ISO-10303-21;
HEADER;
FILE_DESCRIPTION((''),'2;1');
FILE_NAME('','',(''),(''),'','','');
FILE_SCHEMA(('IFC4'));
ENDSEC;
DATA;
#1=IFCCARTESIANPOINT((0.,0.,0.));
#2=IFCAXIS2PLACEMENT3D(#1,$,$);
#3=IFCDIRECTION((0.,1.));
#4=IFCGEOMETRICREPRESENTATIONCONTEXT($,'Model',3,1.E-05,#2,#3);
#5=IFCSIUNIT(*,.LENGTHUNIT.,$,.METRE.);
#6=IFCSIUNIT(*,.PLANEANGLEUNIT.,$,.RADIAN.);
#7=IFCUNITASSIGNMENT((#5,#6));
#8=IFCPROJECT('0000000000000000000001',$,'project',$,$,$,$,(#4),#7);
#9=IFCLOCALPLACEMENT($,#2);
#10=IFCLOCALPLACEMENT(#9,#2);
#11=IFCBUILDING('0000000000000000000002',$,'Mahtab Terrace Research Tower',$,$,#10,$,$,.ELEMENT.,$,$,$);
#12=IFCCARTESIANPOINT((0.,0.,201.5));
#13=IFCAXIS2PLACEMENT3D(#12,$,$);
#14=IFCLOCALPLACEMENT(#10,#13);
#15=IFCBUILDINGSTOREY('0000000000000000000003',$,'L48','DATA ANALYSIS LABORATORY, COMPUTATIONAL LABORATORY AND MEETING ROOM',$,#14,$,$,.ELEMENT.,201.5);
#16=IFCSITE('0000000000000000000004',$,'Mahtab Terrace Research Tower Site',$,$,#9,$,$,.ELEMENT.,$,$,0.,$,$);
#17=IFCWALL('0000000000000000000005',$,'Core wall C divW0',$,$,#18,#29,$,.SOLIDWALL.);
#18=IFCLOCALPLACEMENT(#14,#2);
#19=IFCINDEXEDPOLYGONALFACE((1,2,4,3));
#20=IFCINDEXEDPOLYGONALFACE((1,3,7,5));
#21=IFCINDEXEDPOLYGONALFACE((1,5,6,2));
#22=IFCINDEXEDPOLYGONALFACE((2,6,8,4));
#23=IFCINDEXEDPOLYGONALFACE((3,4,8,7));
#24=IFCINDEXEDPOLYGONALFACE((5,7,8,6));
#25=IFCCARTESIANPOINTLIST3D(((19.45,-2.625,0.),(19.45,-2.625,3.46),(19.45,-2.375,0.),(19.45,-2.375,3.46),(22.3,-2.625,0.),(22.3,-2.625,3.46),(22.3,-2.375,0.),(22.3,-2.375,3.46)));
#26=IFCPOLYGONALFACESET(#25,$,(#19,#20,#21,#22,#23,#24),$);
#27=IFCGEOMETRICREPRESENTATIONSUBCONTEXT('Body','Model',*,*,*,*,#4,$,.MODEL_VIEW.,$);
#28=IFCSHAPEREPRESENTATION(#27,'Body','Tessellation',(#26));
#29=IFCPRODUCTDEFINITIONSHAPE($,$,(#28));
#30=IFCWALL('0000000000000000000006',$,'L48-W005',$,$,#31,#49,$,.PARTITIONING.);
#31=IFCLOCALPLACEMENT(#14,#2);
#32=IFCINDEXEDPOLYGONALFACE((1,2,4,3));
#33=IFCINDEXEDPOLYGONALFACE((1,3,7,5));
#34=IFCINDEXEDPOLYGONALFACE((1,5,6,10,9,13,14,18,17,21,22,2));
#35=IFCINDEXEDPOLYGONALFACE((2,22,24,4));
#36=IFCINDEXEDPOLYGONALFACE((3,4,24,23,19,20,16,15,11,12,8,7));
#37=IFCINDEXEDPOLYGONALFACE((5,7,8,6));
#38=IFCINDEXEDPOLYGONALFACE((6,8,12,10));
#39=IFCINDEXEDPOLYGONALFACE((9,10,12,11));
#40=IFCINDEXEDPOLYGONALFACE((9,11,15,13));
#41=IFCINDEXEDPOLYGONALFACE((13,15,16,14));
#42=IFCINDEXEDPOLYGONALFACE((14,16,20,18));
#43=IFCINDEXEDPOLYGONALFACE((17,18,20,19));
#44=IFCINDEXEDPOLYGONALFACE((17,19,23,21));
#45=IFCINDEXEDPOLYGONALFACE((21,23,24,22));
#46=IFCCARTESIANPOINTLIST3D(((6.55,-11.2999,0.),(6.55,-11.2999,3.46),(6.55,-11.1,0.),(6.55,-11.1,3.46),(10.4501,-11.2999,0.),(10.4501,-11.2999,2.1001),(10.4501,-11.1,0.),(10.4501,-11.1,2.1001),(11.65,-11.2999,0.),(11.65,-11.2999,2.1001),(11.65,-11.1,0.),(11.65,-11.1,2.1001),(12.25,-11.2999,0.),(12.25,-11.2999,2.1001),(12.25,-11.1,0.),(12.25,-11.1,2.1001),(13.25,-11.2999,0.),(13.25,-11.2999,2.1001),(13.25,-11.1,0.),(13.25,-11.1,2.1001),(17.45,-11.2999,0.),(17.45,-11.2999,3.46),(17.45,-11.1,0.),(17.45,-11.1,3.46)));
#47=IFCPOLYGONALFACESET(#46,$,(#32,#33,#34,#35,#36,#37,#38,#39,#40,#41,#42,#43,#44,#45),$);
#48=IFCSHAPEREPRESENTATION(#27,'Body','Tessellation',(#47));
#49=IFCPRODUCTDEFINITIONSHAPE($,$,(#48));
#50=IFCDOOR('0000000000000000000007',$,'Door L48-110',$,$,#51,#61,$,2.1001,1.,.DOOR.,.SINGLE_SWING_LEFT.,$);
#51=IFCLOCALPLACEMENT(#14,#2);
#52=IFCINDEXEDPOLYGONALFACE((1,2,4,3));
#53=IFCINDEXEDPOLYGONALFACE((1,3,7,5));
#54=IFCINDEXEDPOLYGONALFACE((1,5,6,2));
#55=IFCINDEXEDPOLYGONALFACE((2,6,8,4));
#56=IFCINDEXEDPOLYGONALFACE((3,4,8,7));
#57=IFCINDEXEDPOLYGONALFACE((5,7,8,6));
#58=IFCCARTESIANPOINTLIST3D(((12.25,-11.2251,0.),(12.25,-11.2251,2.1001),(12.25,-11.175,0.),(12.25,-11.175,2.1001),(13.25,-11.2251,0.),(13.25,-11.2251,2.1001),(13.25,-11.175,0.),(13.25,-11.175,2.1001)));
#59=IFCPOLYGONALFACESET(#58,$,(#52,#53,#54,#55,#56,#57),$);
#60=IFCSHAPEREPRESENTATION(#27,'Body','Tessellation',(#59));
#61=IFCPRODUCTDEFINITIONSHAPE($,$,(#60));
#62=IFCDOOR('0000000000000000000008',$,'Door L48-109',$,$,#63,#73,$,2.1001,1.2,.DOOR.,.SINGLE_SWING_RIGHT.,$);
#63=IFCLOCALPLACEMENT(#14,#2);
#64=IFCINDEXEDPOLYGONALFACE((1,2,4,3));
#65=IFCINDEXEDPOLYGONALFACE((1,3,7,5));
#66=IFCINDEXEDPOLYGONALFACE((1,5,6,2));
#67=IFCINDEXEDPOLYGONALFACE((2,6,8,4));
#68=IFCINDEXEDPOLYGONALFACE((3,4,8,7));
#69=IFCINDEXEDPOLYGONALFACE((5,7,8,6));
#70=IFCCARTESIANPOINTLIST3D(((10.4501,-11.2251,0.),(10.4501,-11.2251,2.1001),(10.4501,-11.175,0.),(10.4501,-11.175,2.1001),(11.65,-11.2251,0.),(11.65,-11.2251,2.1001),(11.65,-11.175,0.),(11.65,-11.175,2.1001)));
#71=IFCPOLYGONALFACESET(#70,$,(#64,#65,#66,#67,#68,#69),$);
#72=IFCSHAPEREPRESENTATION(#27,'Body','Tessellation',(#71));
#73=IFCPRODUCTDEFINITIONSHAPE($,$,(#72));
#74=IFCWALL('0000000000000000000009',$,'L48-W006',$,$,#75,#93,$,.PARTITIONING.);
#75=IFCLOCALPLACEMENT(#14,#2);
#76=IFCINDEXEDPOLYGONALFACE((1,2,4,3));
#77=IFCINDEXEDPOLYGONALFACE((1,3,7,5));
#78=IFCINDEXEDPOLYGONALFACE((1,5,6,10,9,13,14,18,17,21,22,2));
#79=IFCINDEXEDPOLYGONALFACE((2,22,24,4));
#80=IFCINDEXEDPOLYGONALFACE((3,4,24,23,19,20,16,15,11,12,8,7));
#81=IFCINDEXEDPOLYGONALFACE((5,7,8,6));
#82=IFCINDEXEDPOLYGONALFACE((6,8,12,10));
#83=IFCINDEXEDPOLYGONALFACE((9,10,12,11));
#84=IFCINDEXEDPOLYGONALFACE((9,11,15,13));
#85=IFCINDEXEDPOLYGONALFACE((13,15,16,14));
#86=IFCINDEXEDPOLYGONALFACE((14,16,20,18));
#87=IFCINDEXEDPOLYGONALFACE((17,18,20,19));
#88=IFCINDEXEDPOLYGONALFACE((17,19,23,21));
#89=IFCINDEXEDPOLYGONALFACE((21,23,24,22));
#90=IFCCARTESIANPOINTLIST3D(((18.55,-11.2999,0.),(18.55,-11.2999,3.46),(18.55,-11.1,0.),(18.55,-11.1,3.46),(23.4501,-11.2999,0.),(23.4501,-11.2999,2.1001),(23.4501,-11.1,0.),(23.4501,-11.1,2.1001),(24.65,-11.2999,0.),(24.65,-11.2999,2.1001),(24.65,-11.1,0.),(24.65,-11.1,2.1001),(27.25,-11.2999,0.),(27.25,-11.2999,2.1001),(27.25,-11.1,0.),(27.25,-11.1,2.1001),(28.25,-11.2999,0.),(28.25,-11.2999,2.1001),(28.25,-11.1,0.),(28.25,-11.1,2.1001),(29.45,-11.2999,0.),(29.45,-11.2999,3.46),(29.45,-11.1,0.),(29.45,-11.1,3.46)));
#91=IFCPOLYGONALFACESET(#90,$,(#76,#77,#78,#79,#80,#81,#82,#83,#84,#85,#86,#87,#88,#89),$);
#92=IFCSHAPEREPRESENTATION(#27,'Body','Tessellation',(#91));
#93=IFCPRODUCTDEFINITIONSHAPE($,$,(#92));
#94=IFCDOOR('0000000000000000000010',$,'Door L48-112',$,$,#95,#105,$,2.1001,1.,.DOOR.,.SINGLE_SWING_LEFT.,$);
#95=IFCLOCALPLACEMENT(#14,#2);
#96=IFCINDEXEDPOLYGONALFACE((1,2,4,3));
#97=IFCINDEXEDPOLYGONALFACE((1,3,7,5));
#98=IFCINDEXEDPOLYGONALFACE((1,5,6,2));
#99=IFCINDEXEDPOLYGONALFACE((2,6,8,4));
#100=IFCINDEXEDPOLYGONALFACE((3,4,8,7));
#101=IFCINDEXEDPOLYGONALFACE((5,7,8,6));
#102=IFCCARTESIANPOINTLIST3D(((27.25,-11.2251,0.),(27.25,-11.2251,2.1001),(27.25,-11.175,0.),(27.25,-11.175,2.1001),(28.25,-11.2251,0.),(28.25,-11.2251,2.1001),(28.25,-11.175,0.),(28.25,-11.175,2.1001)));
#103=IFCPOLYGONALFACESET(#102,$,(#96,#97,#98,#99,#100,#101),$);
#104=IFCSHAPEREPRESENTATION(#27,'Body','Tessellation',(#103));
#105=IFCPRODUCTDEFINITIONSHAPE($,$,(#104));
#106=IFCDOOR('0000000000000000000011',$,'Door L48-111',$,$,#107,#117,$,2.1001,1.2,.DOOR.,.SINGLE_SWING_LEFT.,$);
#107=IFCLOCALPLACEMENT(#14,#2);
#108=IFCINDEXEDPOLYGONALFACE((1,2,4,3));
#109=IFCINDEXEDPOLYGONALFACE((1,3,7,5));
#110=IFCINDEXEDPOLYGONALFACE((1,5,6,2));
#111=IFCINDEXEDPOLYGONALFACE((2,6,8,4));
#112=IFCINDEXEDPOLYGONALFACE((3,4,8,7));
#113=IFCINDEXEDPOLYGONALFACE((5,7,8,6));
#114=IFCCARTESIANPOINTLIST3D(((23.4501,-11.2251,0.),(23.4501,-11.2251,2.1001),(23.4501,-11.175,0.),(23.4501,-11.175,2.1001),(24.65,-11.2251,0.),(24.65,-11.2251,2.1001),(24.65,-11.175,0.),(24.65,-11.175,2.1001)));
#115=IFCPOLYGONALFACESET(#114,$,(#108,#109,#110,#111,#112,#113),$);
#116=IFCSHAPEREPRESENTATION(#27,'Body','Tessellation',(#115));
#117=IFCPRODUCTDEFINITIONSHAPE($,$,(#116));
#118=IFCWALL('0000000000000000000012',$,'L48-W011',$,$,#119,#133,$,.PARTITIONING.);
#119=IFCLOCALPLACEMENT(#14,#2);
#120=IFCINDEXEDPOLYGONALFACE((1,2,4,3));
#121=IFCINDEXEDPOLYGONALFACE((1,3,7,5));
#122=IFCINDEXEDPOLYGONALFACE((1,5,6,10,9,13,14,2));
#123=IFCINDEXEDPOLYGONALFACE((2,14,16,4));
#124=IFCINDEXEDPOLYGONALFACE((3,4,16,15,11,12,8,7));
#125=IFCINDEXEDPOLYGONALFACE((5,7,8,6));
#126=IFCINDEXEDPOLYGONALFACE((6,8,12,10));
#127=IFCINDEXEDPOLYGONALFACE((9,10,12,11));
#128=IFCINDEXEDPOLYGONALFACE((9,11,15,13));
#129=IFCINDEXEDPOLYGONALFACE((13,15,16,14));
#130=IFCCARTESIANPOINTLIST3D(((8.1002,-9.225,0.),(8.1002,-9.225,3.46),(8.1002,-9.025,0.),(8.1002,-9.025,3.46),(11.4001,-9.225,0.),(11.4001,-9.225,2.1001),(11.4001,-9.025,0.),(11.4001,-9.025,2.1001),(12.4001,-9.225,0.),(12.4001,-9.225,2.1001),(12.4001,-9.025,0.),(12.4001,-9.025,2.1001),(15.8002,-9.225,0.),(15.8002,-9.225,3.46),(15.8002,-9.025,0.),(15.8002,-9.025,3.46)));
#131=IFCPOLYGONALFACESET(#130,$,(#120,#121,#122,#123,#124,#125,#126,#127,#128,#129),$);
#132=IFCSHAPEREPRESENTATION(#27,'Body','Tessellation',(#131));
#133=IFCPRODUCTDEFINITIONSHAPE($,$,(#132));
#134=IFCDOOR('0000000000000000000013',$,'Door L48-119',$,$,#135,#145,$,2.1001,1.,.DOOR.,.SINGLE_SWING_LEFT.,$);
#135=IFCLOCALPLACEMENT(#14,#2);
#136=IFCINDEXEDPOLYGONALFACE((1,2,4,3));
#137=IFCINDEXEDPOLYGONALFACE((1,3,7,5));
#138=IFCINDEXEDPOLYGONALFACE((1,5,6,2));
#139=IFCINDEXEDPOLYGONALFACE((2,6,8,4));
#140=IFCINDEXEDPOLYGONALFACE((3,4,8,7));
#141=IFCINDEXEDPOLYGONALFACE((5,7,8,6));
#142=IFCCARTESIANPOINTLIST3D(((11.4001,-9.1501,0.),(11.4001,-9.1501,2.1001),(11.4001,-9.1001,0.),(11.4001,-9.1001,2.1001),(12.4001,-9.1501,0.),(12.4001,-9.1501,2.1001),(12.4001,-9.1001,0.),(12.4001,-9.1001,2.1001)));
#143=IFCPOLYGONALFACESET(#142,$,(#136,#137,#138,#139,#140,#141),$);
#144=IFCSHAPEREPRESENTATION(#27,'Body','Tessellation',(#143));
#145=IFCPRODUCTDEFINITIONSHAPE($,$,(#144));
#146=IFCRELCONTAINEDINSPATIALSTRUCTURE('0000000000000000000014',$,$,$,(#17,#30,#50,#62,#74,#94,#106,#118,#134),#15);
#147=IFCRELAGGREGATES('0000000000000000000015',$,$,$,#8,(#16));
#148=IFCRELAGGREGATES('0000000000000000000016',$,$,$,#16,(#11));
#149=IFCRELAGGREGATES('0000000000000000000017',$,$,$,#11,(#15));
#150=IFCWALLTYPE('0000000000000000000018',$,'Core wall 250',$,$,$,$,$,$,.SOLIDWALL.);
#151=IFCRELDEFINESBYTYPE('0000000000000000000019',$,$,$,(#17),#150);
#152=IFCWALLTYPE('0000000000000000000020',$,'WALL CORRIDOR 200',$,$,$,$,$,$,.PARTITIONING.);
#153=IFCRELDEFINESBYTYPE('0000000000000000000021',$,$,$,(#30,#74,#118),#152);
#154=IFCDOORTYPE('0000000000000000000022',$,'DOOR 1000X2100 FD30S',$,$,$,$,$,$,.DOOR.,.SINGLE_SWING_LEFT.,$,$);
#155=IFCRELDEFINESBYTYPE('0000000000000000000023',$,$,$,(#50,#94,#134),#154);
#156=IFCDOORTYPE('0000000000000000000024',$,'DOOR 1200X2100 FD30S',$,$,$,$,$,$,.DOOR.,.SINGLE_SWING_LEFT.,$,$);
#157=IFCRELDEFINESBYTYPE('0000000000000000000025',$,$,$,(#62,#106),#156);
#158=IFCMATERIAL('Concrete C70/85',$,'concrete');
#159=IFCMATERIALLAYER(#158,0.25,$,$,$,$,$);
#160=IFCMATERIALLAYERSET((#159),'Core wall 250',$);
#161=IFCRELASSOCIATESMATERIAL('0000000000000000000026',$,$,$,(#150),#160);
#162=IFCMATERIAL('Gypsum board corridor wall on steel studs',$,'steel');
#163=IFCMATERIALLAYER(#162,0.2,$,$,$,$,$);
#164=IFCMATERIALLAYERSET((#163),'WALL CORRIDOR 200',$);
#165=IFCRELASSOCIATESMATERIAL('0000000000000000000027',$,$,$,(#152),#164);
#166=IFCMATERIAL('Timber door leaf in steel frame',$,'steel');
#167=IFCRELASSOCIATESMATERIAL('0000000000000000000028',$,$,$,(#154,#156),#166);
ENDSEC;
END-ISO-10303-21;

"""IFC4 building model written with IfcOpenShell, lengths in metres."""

from ifc_helpers import new_model, si_unit, direction, frame, frame_2d, origin, place, context, subcontext, project, spatial, rectangle, extrude, material, layer, layer_set, type_object, element, fill, save


model = new_model("IFC4")

# Units and contexts
model_context = context("Model", 3, precision=1e-05, world=origin(), true_north=direction((0.0, 1.0)))
body_context = subcontext(model_context, "Body", "Model", "MODEL_VIEW")
ifc_project = project(units=[si_unit("LENGTHUNIT", "METRE"), si_unit("PLANEANGLEUNIT", "RADIAN")], contexts=[model_context])

# Site, building, storey
site_placement = place(None, origin())
site = spatial("IfcSite", under=ifc_project, at=site_placement, Name="Mahtab Terrace Research Tower Site", CompositionType="ELEMENT", RefElevation=0.0)
building_placement = place(site_placement, origin())
building = spatial("IfcBuilding", under=site, at=building_placement, Name="Mahtab Terrace Research Tower", CompositionType="ELEMENT")
storey_placement = place(building_placement, frame((0.0, 0.0, 201.5)))
storey = spatial("IfcBuildingStorey", under=building, at=storey_placement, Name="L48", Description="DATA ANALYSIS LABORATORY, COMPUTATIONAL LABORATORY AND MEETING ROOM", CompositionType="ELEMENT", Elevation=201.5)

# Shared definitions
ifc_material_1 = material(Name="Concrete C70/85", Category="concrete")

# Shared definitions
ifc_layer_1 = layer(ifc_material_1, 0.25)
ifc_layer_set_1 = layer_set([ifc_layer_1], Name="Core wall 250")
wall_type_1 = type_object("IfcWallType", Name="Core wall 250", PredefinedType="SOLIDWALL", material=ifc_layer_set_1)

# Wall
wall_1_placement = place(storey_placement, frame((19.45, -2.5, 0.0), z_axis=(0.0, 0.0, 1.0), x_axis=(1.0, 0.0, 0.0)))
element("IfcWall", 1, at=wall_1_placement, inside=storey, type_object=wall_type_1, Name="Core wall C divW0", PredefinedType="SOLIDWALL", context=body_context, shape_type="SweptSolid", body=[
    extrude(rectangle(XDim=2.8501, YDim=0.25, at=frame_2d((1.425, 0.0))), origin(), (0.0, 0.0, 1.0), 3.46),
])

# Walls, openings, doors
ifc_material_2 = material(Name="Gypsum board corridor wall on steel studs", Category="steel")
ifc_layer_2 = layer(ifc_material_2, 0.2)
ifc_layer_set_2 = layer_set([ifc_layer_2], Name="WALL CORRIDOR 200")
wall_type_2 = type_object("IfcWallType", Name="WALL CORRIDOR 200", PredefinedType="PARTITIONING", material=ifc_layer_set_2)
wall_2_placement = place(storey_placement, frame((6.55, -11.2, 0.0), z_axis=(0.0, 0.0, 1.0), x_axis=(1.0, 0.0, 0.0)))
wall_2 = element("IfcWall", 2, at=wall_2_placement, inside=storey, type_object=wall_type_2, Name="L48-W005", PredefinedType="PARTITIONING", context=body_context, shape_type="SweptSolid", body=[
    extrude(rectangle(XDim=10.8999, YDim=0.2, at=frame_2d((5.45, 0.0))), origin(), (0.0, 0.0, 1.0), 3.46),
])
opening_1_placement = place(wall_2_placement, frame((3.8999, 0.0, 0.0)))
opening_1 = element("IfcOpeningElement", 3, at=opening_1_placement, cuts=wall_2, PredefinedType="OPENING", context=body_context, shape_type="SweptSolid", body=[
    extrude(rectangle(XDim=1.2, YDim=2.1001, at=frame_2d((0.6001, 1.05))), frame((0.0, 0.1099, 0.0), z_axis=(0.0, -1.0, 0.0), x_axis=(1.0, 0.0, 0.0)), (0.0, 0.0, 1.0), 0.22),
])
opening_2_placement = place(wall_2_placement, frame((5.7, 0.0, 0.0)))
opening_2 = element("IfcOpeningElement", 4, at=opening_2_placement, cuts=wall_2, PredefinedType="OPENING", context=body_context, shape_type="SweptSolid", body=[
    extrude(rectangle(XDim=1.0, YDim=2.1001, at=frame_2d((0.5, 1.05))), frame((0.0, 0.1099, 0.0), z_axis=(0.0, -1.0, 0.0), x_axis=(1.0, 0.0, 0.0)), (0.0, 0.0, 1.0), 0.22),
])
ifc_material_3 = material(Name="Timber door leaf in steel frame", Category="steel")
door_type_1 = type_object("IfcDoorType", Name="DOOR 1000X2100 FD30S", OperationType="SINGLE_SWING_LEFT", PredefinedType="DOOR", material=ifc_material_3)
door_1_placement = place(opening_2_placement, origin())
door_1 = element("IfcDoor", 5, at=door_1_placement, inside=storey, type_object=door_type_1, Name="Door L48-110", OperationType="SINGLE_SWING_LEFT", OverallHeight=2.1001, OverallWidth=1.0, PredefinedType="DOOR", context=body_context, shape_type="SweptSolid", body=[
    extrude(rectangle(XDim=1.0, YDim=2.1001, at=frame_2d((0.5, 1.05))), frame((0.0, 0.0249, 0.0), z_axis=(0.0, -1.0, 0.0), x_axis=(1.0, 0.0, 0.0)), (0.0, 0.0, 1.0), 0.05),
])
fill(opening_2, door_1)
door_type_2 = type_object("IfcDoorType", Name="DOOR 1200X2100 FD30S", OperationType="SINGLE_SWING_LEFT", PredefinedType="DOOR", material=ifc_material_3)
door_2_placement = place(opening_1_placement, origin())
door_2 = element("IfcDoor", 6, at=door_2_placement, inside=storey, type_object=door_type_2, Name="Door L48-109", OperationType="SINGLE_SWING_RIGHT", OverallHeight=2.1001, OverallWidth=1.2, PredefinedType="DOOR", context=body_context, shape_type="SweptSolid", body=[
    extrude(rectangle(XDim=1.2, YDim=2.1001, at=frame_2d((0.6001, 1.05))), frame((0.0, 0.0249, 0.0), z_axis=(0.0, -1.0, 0.0), x_axis=(1.0, 0.0, 0.0)), (0.0, 0.0, 1.0), 0.05),
])
fill(opening_1, door_2)
wall_3_placement = place(storey_placement, frame((18.55, -11.2, 0.0), z_axis=(0.0, 0.0, 1.0), x_axis=(1.0, 0.0, 0.0)))
wall_3 = element("IfcWall", 7, at=wall_3_placement, inside=storey, type_object=wall_type_2, Name="L48-W006", PredefinedType="PARTITIONING", context=body_context, shape_type="SweptSolid", body=[
    extrude(rectangle(XDim=10.8999, YDim=0.2, at=frame_2d((5.45, 0.0))), origin(), (0.0, 0.0, 1.0), 3.46),
])
opening_3_placement = place(wall_3_placement, frame((4.8999, 0.0, 0.0)))
opening_3 = element("IfcOpeningElement", 8, at=opening_3_placement, cuts=wall_3, PredefinedType="OPENING", context=body_context, shape_type="SweptSolid", body=[
    extrude(rectangle(XDim=1.2, YDim=2.1001, at=frame_2d((0.6001, 1.05))), frame((0.0, 0.1099, 0.0), z_axis=(0.0, -1.0, 0.0), x_axis=(1.0, 0.0, 0.0)), (0.0, 0.0, 1.0), 0.22),
])
opening_4_placement = place(wall_3_placement, frame((8.7, 0.0, 0.0)))
opening_4 = element("IfcOpeningElement", 9, at=opening_4_placement, cuts=wall_3, PredefinedType="OPENING", context=body_context, shape_type="SweptSolid", body=[
    extrude(rectangle(XDim=1.0, YDim=2.1001, at=frame_2d((0.5, 1.05))), frame((0.0, 0.1099, 0.0), z_axis=(0.0, -1.0, 0.0), x_axis=(1.0, 0.0, 0.0)), (0.0, 0.0, 1.0), 0.22),
])
door_3_placement = place(opening_4_placement, origin())
door_3 = element("IfcDoor", 10, at=door_3_placement, inside=storey, type_object=door_type_1, Name="Door L48-112", OperationType="SINGLE_SWING_LEFT", OverallHeight=2.1001, OverallWidth=1.0, PredefinedType="DOOR", context=body_context, shape_type="SweptSolid", body=[
    extrude(rectangle(XDim=1.0, YDim=2.1001, at=frame_2d((0.5, 1.05))), frame((0.0, 0.0249, 0.0), z_axis=(0.0, -1.0, 0.0), x_axis=(1.0, 0.0, 0.0)), (0.0, 0.0, 1.0), 0.05),
])
fill(opening_4, door_3)
door_4_placement = place(opening_3_placement, origin())
door_4 = element("IfcDoor", 11, at=door_4_placement, inside=storey, type_object=door_type_2, Name="Door L48-111", OperationType="SINGLE_SWING_LEFT", OverallHeight=2.1001, OverallWidth=1.2, PredefinedType="DOOR", context=body_context, shape_type="SweptSolid", body=[
    extrude(rectangle(XDim=1.2, YDim=2.1001, at=frame_2d((0.6001, 1.05))), frame((0.0, 0.0249, 0.0), z_axis=(0.0, -1.0, 0.0), x_axis=(1.0, 0.0, 0.0)), (0.0, 0.0, 1.0), 0.05),
])
fill(opening_3, door_4)

# Wall, opening, door
wall_4_placement = place(storey_placement, frame((8.1001, -9.125, 0.0), z_axis=(0.0, 0.0, 1.0), x_axis=(1.0, 0.0, 0.0)))
wall_4 = element("IfcWall", 12, at=wall_4_placement, inside=storey, type_object=wall_type_2, Name="L48-W011", PredefinedType="PARTITIONING", context=body_context, shape_type="SweptSolid", body=[
    extrude(rectangle(XDim=7.7, YDim=0.2, at=frame_2d((3.8501, 0.0))), origin(), (0.0, 0.0, 1.0), 3.46),
])
opening_5_placement = place(wall_4_placement, frame((3.3, 0.0, 0.0)))
opening_5 = element("IfcOpeningElement", 13, at=opening_5_placement, cuts=wall_4, PredefinedType="OPENING", context=body_context, shape_type="SweptSolid", body=[
    extrude(rectangle(XDim=1.0, YDim=2.1001, at=frame_2d((0.5, 1.05))), frame((0.0, 0.1099, 0.0), z_axis=(0.0, -1.0, 0.0), x_axis=(1.0, 0.0, 0.0)), (0.0, 0.0, 1.0), 0.22),
])
door_5_placement = place(opening_5_placement, origin())
door_5 = element("IfcDoor", 14, at=door_5_placement, inside=storey, type_object=door_type_1, Name="Door L48-119", OperationType="SINGLE_SWING_LEFT", OverallHeight=2.1001, OverallWidth=1.0, PredefinedType="DOOR", context=body_context, shape_type="SweptSolid", body=[
    extrude(rectangle(XDim=1.0, YDim=2.1001, at=frame_2d((0.5, 1.05))), frame((0.0, 0.0249, 0.0), z_axis=(0.0, -1.0, 0.0), x_axis=(1.0, 0.0, 0.0)), (0.0, 0.0, 1.0), 0.05),
])
fill(opening_5, door_5)

save(model, "model.ifc")
